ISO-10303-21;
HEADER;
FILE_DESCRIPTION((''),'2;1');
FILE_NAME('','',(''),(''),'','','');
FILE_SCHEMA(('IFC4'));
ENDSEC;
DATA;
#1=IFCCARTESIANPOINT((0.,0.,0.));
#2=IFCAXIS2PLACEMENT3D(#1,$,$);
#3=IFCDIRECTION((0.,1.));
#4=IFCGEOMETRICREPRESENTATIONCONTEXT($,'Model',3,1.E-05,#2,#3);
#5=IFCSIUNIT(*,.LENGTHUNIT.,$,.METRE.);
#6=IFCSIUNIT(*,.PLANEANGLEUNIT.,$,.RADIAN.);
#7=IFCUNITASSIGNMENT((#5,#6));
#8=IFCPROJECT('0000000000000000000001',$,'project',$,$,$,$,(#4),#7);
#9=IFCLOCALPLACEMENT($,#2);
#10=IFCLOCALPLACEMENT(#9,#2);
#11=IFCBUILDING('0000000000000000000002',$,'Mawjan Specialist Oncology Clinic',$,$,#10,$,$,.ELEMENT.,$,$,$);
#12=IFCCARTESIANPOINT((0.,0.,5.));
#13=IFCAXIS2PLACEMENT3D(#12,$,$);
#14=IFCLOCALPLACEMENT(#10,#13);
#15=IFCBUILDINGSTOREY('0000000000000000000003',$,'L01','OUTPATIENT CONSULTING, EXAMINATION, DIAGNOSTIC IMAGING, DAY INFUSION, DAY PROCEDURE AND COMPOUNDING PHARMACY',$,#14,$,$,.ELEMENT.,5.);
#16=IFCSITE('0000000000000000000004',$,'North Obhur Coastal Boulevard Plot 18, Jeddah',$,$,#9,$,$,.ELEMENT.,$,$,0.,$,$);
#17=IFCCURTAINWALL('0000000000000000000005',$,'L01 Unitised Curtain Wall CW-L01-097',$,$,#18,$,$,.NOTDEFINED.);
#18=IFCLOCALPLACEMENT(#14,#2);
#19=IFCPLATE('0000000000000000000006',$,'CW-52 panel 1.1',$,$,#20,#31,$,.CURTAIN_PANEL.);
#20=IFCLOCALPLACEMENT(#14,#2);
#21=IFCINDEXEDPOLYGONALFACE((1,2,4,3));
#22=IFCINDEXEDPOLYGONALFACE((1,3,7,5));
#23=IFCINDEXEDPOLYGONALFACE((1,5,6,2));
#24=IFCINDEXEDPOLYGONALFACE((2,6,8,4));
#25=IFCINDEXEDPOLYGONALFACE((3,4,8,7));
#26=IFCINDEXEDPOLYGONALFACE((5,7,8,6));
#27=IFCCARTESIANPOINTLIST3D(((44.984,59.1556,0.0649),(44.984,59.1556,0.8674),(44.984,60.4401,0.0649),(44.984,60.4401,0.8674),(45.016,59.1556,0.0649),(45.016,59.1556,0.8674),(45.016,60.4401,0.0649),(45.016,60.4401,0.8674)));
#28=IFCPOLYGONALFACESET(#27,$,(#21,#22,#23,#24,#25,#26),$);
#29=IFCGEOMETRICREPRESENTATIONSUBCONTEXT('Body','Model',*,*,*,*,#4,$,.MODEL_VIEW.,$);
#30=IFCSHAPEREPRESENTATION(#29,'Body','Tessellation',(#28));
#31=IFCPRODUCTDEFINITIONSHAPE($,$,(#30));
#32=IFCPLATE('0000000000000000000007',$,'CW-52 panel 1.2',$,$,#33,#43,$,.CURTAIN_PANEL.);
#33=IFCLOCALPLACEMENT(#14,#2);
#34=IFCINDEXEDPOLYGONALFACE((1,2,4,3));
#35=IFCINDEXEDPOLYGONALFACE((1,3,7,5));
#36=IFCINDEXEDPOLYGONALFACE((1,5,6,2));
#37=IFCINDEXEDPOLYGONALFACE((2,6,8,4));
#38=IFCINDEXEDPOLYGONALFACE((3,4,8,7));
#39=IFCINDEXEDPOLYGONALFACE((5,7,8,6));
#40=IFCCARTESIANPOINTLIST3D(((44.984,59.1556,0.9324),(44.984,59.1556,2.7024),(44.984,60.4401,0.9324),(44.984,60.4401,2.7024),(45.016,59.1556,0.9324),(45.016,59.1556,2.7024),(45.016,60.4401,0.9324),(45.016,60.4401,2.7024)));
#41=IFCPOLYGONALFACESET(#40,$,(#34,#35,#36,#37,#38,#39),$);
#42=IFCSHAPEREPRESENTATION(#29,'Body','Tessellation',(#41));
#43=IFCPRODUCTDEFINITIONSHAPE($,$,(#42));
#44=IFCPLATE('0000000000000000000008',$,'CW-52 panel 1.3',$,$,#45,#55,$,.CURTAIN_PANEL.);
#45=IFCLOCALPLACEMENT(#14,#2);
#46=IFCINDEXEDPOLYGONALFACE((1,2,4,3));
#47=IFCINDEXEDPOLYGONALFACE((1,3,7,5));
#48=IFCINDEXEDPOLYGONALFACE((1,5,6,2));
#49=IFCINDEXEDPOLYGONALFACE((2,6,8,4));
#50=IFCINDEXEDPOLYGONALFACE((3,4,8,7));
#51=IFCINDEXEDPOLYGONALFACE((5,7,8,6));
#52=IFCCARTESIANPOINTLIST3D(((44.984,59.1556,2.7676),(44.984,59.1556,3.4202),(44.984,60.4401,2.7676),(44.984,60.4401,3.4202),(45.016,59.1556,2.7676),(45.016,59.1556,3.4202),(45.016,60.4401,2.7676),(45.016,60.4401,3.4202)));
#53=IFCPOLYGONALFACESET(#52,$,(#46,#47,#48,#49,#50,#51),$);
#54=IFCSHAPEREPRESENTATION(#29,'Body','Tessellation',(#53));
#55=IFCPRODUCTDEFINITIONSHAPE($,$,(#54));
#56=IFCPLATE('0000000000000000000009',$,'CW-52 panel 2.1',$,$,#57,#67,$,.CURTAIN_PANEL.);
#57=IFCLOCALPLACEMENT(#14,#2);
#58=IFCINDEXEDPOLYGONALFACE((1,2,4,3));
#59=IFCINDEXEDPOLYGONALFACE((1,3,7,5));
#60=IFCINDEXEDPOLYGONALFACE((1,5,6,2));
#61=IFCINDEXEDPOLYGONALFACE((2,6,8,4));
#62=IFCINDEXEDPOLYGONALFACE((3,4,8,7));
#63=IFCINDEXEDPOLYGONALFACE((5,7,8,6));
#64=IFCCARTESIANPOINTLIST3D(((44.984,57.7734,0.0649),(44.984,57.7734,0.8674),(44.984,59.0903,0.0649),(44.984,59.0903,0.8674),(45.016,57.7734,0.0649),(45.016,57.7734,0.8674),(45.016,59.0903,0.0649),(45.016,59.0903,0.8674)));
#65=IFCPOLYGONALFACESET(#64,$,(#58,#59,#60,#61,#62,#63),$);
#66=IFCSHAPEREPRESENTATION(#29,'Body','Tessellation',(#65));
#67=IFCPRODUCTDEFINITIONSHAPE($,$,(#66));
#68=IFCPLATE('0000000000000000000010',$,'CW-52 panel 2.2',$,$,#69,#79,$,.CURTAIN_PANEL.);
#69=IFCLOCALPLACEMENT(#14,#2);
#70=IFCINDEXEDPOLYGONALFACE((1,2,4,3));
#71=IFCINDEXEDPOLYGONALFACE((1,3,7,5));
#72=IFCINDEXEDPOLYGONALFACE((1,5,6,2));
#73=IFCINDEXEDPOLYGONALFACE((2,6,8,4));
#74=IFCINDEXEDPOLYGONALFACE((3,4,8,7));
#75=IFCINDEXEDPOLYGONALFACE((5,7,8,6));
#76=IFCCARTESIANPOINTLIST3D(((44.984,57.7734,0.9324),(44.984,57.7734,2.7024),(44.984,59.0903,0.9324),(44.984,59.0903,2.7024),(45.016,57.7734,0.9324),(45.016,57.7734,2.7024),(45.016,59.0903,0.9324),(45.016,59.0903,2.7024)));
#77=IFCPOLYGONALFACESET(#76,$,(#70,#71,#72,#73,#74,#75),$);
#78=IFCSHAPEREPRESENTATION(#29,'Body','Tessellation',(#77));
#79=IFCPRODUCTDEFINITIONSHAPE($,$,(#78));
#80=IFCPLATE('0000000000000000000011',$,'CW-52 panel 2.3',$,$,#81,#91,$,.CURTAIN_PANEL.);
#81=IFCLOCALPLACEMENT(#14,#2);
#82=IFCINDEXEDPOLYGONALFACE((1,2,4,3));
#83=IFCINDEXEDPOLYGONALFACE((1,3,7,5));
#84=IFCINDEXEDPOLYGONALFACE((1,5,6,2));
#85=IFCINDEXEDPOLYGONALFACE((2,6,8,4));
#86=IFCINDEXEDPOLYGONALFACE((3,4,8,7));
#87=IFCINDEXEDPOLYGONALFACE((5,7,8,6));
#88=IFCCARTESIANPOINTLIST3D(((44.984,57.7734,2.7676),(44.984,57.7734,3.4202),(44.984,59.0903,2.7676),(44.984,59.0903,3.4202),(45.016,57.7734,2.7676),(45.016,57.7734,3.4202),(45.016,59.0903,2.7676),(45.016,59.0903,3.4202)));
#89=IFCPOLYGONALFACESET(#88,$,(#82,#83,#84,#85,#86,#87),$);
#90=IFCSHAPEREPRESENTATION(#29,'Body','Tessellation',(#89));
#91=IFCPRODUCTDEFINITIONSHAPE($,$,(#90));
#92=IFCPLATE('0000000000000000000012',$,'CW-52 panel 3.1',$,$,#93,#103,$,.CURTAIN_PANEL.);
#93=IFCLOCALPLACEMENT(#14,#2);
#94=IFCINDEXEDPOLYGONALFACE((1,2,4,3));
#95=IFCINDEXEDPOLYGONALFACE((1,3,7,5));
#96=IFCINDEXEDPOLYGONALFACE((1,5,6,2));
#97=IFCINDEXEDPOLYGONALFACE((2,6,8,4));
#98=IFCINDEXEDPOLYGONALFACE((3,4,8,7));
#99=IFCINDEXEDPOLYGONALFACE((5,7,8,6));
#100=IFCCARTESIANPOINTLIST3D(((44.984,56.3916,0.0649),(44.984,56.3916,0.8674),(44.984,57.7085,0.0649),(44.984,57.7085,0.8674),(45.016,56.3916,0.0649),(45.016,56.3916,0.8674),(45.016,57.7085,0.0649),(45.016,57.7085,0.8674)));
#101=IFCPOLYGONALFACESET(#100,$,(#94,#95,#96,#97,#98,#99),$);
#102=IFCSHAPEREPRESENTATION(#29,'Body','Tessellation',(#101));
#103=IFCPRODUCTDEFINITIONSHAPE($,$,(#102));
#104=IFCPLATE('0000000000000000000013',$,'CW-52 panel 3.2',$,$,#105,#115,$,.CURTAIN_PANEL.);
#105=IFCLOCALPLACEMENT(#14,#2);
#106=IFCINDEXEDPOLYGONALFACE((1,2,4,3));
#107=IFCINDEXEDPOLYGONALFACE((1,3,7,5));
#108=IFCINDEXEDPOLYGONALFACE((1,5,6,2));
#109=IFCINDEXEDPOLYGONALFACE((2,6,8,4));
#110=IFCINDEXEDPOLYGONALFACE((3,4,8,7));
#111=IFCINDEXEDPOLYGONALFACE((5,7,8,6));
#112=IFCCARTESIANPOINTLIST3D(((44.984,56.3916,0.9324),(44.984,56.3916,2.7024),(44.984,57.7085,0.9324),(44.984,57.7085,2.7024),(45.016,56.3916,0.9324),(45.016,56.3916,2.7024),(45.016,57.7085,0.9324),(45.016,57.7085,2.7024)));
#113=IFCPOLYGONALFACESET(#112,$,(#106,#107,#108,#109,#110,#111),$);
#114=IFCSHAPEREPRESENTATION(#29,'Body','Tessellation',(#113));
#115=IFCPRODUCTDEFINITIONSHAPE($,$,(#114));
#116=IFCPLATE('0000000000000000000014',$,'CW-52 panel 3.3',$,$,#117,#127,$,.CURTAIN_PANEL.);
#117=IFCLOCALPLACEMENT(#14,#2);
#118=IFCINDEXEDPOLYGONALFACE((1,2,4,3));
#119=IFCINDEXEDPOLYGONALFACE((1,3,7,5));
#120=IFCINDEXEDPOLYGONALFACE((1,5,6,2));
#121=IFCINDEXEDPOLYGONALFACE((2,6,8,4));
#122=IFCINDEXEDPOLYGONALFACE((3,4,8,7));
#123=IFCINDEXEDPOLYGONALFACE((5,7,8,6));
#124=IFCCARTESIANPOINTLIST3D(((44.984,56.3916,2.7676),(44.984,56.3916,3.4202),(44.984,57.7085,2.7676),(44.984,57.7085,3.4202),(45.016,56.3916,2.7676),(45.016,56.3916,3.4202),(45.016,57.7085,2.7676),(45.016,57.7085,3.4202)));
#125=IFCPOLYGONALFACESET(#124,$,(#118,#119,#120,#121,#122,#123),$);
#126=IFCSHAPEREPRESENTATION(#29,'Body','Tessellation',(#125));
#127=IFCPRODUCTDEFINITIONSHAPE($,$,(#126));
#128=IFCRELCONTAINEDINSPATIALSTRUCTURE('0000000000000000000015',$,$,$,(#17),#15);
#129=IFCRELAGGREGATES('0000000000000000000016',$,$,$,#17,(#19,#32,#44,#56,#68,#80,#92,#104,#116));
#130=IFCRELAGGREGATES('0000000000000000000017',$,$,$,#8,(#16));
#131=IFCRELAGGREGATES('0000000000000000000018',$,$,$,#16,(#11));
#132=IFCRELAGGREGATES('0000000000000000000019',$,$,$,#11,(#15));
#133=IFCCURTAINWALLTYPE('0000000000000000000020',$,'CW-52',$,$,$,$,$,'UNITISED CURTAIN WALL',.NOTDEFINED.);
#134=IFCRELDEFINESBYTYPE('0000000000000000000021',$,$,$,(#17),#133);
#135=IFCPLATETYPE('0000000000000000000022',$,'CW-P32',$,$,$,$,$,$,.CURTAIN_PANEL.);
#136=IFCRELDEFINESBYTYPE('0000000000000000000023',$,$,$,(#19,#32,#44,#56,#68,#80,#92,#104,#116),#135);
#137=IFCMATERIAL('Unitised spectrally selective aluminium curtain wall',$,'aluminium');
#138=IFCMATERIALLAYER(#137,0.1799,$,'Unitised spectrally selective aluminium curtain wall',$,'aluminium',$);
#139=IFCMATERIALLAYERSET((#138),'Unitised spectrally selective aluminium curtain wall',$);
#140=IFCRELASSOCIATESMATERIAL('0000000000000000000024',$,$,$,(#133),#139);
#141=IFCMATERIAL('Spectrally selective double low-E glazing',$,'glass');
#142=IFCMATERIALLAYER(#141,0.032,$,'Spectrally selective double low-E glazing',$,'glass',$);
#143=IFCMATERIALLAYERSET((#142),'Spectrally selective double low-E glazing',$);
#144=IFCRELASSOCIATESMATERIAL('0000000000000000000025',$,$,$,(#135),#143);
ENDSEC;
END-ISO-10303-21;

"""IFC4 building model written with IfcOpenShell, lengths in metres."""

from ifc_helpers import new_model, si_unit, direction, frame, origin, origin_2d, place, context, subcontext, project, spatial, rectangle, extrude, material, layer, layer_set, type_object, element, aggregate, save


model = new_model("IFC4")

# Units and contexts
model_context = context("Model", 3, precision=1e-05, world=origin(), true_north=direction((0.0, 1.0)))
body_context = subcontext(model_context, "Body", "Model", "MODEL_VIEW")
ifc_project = project(units=[si_unit("LENGTHUNIT", "METRE"), si_unit("PLANEANGLEUNIT", "RADIAN")], contexts=[model_context])

# Site, building, storey
site_placement = place(None, origin())
site = spatial("IfcSite", under=ifc_project, at=site_placement, Name="North Obhur Coastal Boulevard Plot 18, Jeddah", CompositionType="ELEMENT", RefElevation=0.0)
building_placement = place(site_placement, origin())
building = spatial("IfcBuilding", under=site, at=building_placement, Name="Mawjan Specialist Oncology Clinic", CompositionType="ELEMENT")
storey_placement = place(building_placement, frame((0.0, 0.0, 5.0)))
storey = spatial("IfcBuildingStorey", under=building, at=storey_placement, Name="L01", Description="OUTPATIENT CONSULTING, EXAMINATION, DIAGNOSTIC IMAGING, DAY INFUSION, DAY PROCEDURE AND COMPOUNDING PHARMACY", CompositionType="ELEMENT", Elevation=5.0)

# Curtain wall
ifc_material_1 = material(Name="Unitised spectrally selective aluminium curtain wall", Category="aluminium")
ifc_layer_1 = layer(ifc_material_1, 0.1799, Name="Unitised spectrally selective aluminium curtain wall", Category="aluminium")
ifc_layer_set_1 = layer_set([ifc_layer_1], Name="Unitised spectrally selective aluminium curtain wall")
curtain_wall_type = type_object("IfcCurtainWallType", Name="CW-52", ElementType="UNITISED CURTAIN WALL", PredefinedType="NOTDEFINED", material=ifc_layer_set_1)
curtain_wall_1_placement = place(storey_placement, origin())
curtain_wall_1 = element("IfcCurtainWall", 1, at=curtain_wall_1_placement, inside=storey, type_object=curtain_wall_type, Name="L01 Unitised Curtain Wall CW-L01-097", PredefinedType="NOTDEFINED")

# Plates
ifc_material_2 = material(Name="Spectrally selective double low-E glazing", Category="glass")
ifc_layer_2 = layer(ifc_material_2, 0.032, Name="Spectrally selective double low-E glazing", Category="glass")
ifc_layer_set_2 = layer_set([ifc_layer_2], Name="Spectrally selective double low-E glazing")
plate_type = type_object("IfcPlateType", Name="CW-P32", PredefinedType="CURTAIN_PANEL", material=ifc_layer_set_2)
plate_1_placement = place(storey_placement, frame((45.0, 59.7979, 0.0649), z_axis=(0.0, 0.0, 1.0), x_axis=(0.0, -1.0, 0.0)))
plate_1 = element("IfcPlate", 2, at=plate_1_placement, type_object=plate_type, Name="CW-52 panel 1.1", PredefinedType="CURTAIN_PANEL", context=body_context, shape_type="SweptSolid", body=[
    extrude(rectangle(XDim=1.2844, YDim=0.032, at=origin_2d()), origin(), (0.0, 0.0, 1.0), 0.8025),
])
plate_2_placement = place(storey_placement, frame((45.0, 59.7979, 0.9324), z_axis=(0.0, 0.0, 1.0), x_axis=(0.0, -1.0, 0.0)))
plate_2 = element("IfcPlate", 3, at=plate_2_placement, type_object=plate_type, Name="CW-52 panel 1.2", PredefinedType="CURTAIN_PANEL", context=body_context, shape_type="SweptSolid", body=[
    extrude(rectangle(XDim=1.2844, YDim=0.032, at=origin_2d()), origin(), (0.0, 0.0, 1.0), 1.77),
])
plate_3_placement = place(storey_placement, frame((45.0, 59.7979, 2.7676), z_axis=(0.0, 0.0, 1.0), x_axis=(0.0, -1.0, 0.0)))
plate_3 = element("IfcPlate", 4, at=plate_3_placement, type_object=plate_type, Name="CW-52 panel 1.3", PredefinedType="CURTAIN_PANEL", context=body_context, shape_type="SweptSolid", body=[
    extrude(rectangle(XDim=1.2844, YDim=0.032, at=origin_2d()), origin(), (0.0, 0.0, 1.0), 0.6526),
])
plate_4_placement = place(storey_placement, frame((45.0, 58.4319, 0.0649), z_axis=(0.0, 0.0, 1.0), x_axis=(0.0, -1.0, 0.0)))
plate_4 = element("IfcPlate", 5, at=plate_4_placement, type_object=plate_type, Name="CW-52 panel 2.1", PredefinedType="CURTAIN_PANEL", context=body_context, shape_type="SweptSolid", body=[
    extrude(rectangle(XDim=1.3169, YDim=0.032, at=origin_2d()), origin(), (0.0, 0.0, 1.0), 0.8025),
])
plate_5_placement = place(storey_placement, frame((45.0, 58.4319, 0.9324), z_axis=(0.0, 0.0, 1.0), x_axis=(0.0, -1.0, 0.0)))
plate_5 = element("IfcPlate", 6, at=plate_5_placement, type_object=plate_type, Name="CW-52 panel 2.2", PredefinedType="CURTAIN_PANEL", context=body_context, shape_type="SweptSolid", body=[
    extrude(rectangle(XDim=1.3169, YDim=0.032, at=origin_2d()), origin(), (0.0, 0.0, 1.0), 1.77),
])
plate_6_placement = place(storey_placement, frame((45.0, 58.4319, 2.7676), z_axis=(0.0, 0.0, 1.0), x_axis=(0.0, -1.0, 0.0)))
plate_6 = element("IfcPlate", 7, at=plate_6_placement, type_object=plate_type, Name="CW-52 panel 2.3", PredefinedType="CURTAIN_PANEL", context=body_context, shape_type="SweptSolid", body=[
    extrude(rectangle(XDim=1.3169, YDim=0.032, at=origin_2d()), origin(), (0.0, 0.0, 1.0), 0.6526),
])
plate_7_placement = place(storey_placement, frame((45.0, 57.05, 0.0649), z_axis=(0.0, 0.0, 1.0), x_axis=(0.0, -1.0, 0.0)))
plate_7 = element("IfcPlate", 8, at=plate_7_placement, type_object=plate_type, Name="CW-52 panel 3.1", PredefinedType="CURTAIN_PANEL", context=body_context, shape_type="SweptSolid", body=[
    extrude(rectangle(XDim=1.3169, YDim=0.032, at=origin_2d()), origin(), (0.0, 0.0, 1.0), 0.8025),
])
plate_8_placement = place(storey_placement, frame((45.0, 57.05, 0.9324), z_axis=(0.0, 0.0, 1.0), x_axis=(0.0, -1.0, 0.0)))
plate_8 = element("IfcPlate", 9, at=plate_8_placement, type_object=plate_type, Name="CW-52 panel 3.2", PredefinedType="CURTAIN_PANEL", context=body_context, shape_type="SweptSolid", body=[
    extrude(rectangle(XDim=1.3169, YDim=0.032, at=origin_2d()), origin(), (0.0, 0.0, 1.0), 1.77),
])
plate_9_placement = place(storey_placement, frame((45.0, 57.05, 2.7676), z_axis=(0.0, 0.0, 1.0), x_axis=(0.0, -1.0, 0.0)))
plate_9 = element("IfcPlate", 10, at=plate_9_placement, type_object=plate_type, Name="CW-52 panel 3.3", PredefinedType="CURTAIN_PANEL", context=body_context, shape_type="SweptSolid", body=[
    extrude(rectangle(XDim=1.3169, YDim=0.032, at=origin_2d()), origin(), (0.0, 0.0, 1.0), 0.6526),
])
aggregate(curtain_wall_1, [plate_1, plate_2, plate_3, plate_4, plate_5, plate_6, plate_7, plate_8, plate_9])

save(model, "model.ifc")
